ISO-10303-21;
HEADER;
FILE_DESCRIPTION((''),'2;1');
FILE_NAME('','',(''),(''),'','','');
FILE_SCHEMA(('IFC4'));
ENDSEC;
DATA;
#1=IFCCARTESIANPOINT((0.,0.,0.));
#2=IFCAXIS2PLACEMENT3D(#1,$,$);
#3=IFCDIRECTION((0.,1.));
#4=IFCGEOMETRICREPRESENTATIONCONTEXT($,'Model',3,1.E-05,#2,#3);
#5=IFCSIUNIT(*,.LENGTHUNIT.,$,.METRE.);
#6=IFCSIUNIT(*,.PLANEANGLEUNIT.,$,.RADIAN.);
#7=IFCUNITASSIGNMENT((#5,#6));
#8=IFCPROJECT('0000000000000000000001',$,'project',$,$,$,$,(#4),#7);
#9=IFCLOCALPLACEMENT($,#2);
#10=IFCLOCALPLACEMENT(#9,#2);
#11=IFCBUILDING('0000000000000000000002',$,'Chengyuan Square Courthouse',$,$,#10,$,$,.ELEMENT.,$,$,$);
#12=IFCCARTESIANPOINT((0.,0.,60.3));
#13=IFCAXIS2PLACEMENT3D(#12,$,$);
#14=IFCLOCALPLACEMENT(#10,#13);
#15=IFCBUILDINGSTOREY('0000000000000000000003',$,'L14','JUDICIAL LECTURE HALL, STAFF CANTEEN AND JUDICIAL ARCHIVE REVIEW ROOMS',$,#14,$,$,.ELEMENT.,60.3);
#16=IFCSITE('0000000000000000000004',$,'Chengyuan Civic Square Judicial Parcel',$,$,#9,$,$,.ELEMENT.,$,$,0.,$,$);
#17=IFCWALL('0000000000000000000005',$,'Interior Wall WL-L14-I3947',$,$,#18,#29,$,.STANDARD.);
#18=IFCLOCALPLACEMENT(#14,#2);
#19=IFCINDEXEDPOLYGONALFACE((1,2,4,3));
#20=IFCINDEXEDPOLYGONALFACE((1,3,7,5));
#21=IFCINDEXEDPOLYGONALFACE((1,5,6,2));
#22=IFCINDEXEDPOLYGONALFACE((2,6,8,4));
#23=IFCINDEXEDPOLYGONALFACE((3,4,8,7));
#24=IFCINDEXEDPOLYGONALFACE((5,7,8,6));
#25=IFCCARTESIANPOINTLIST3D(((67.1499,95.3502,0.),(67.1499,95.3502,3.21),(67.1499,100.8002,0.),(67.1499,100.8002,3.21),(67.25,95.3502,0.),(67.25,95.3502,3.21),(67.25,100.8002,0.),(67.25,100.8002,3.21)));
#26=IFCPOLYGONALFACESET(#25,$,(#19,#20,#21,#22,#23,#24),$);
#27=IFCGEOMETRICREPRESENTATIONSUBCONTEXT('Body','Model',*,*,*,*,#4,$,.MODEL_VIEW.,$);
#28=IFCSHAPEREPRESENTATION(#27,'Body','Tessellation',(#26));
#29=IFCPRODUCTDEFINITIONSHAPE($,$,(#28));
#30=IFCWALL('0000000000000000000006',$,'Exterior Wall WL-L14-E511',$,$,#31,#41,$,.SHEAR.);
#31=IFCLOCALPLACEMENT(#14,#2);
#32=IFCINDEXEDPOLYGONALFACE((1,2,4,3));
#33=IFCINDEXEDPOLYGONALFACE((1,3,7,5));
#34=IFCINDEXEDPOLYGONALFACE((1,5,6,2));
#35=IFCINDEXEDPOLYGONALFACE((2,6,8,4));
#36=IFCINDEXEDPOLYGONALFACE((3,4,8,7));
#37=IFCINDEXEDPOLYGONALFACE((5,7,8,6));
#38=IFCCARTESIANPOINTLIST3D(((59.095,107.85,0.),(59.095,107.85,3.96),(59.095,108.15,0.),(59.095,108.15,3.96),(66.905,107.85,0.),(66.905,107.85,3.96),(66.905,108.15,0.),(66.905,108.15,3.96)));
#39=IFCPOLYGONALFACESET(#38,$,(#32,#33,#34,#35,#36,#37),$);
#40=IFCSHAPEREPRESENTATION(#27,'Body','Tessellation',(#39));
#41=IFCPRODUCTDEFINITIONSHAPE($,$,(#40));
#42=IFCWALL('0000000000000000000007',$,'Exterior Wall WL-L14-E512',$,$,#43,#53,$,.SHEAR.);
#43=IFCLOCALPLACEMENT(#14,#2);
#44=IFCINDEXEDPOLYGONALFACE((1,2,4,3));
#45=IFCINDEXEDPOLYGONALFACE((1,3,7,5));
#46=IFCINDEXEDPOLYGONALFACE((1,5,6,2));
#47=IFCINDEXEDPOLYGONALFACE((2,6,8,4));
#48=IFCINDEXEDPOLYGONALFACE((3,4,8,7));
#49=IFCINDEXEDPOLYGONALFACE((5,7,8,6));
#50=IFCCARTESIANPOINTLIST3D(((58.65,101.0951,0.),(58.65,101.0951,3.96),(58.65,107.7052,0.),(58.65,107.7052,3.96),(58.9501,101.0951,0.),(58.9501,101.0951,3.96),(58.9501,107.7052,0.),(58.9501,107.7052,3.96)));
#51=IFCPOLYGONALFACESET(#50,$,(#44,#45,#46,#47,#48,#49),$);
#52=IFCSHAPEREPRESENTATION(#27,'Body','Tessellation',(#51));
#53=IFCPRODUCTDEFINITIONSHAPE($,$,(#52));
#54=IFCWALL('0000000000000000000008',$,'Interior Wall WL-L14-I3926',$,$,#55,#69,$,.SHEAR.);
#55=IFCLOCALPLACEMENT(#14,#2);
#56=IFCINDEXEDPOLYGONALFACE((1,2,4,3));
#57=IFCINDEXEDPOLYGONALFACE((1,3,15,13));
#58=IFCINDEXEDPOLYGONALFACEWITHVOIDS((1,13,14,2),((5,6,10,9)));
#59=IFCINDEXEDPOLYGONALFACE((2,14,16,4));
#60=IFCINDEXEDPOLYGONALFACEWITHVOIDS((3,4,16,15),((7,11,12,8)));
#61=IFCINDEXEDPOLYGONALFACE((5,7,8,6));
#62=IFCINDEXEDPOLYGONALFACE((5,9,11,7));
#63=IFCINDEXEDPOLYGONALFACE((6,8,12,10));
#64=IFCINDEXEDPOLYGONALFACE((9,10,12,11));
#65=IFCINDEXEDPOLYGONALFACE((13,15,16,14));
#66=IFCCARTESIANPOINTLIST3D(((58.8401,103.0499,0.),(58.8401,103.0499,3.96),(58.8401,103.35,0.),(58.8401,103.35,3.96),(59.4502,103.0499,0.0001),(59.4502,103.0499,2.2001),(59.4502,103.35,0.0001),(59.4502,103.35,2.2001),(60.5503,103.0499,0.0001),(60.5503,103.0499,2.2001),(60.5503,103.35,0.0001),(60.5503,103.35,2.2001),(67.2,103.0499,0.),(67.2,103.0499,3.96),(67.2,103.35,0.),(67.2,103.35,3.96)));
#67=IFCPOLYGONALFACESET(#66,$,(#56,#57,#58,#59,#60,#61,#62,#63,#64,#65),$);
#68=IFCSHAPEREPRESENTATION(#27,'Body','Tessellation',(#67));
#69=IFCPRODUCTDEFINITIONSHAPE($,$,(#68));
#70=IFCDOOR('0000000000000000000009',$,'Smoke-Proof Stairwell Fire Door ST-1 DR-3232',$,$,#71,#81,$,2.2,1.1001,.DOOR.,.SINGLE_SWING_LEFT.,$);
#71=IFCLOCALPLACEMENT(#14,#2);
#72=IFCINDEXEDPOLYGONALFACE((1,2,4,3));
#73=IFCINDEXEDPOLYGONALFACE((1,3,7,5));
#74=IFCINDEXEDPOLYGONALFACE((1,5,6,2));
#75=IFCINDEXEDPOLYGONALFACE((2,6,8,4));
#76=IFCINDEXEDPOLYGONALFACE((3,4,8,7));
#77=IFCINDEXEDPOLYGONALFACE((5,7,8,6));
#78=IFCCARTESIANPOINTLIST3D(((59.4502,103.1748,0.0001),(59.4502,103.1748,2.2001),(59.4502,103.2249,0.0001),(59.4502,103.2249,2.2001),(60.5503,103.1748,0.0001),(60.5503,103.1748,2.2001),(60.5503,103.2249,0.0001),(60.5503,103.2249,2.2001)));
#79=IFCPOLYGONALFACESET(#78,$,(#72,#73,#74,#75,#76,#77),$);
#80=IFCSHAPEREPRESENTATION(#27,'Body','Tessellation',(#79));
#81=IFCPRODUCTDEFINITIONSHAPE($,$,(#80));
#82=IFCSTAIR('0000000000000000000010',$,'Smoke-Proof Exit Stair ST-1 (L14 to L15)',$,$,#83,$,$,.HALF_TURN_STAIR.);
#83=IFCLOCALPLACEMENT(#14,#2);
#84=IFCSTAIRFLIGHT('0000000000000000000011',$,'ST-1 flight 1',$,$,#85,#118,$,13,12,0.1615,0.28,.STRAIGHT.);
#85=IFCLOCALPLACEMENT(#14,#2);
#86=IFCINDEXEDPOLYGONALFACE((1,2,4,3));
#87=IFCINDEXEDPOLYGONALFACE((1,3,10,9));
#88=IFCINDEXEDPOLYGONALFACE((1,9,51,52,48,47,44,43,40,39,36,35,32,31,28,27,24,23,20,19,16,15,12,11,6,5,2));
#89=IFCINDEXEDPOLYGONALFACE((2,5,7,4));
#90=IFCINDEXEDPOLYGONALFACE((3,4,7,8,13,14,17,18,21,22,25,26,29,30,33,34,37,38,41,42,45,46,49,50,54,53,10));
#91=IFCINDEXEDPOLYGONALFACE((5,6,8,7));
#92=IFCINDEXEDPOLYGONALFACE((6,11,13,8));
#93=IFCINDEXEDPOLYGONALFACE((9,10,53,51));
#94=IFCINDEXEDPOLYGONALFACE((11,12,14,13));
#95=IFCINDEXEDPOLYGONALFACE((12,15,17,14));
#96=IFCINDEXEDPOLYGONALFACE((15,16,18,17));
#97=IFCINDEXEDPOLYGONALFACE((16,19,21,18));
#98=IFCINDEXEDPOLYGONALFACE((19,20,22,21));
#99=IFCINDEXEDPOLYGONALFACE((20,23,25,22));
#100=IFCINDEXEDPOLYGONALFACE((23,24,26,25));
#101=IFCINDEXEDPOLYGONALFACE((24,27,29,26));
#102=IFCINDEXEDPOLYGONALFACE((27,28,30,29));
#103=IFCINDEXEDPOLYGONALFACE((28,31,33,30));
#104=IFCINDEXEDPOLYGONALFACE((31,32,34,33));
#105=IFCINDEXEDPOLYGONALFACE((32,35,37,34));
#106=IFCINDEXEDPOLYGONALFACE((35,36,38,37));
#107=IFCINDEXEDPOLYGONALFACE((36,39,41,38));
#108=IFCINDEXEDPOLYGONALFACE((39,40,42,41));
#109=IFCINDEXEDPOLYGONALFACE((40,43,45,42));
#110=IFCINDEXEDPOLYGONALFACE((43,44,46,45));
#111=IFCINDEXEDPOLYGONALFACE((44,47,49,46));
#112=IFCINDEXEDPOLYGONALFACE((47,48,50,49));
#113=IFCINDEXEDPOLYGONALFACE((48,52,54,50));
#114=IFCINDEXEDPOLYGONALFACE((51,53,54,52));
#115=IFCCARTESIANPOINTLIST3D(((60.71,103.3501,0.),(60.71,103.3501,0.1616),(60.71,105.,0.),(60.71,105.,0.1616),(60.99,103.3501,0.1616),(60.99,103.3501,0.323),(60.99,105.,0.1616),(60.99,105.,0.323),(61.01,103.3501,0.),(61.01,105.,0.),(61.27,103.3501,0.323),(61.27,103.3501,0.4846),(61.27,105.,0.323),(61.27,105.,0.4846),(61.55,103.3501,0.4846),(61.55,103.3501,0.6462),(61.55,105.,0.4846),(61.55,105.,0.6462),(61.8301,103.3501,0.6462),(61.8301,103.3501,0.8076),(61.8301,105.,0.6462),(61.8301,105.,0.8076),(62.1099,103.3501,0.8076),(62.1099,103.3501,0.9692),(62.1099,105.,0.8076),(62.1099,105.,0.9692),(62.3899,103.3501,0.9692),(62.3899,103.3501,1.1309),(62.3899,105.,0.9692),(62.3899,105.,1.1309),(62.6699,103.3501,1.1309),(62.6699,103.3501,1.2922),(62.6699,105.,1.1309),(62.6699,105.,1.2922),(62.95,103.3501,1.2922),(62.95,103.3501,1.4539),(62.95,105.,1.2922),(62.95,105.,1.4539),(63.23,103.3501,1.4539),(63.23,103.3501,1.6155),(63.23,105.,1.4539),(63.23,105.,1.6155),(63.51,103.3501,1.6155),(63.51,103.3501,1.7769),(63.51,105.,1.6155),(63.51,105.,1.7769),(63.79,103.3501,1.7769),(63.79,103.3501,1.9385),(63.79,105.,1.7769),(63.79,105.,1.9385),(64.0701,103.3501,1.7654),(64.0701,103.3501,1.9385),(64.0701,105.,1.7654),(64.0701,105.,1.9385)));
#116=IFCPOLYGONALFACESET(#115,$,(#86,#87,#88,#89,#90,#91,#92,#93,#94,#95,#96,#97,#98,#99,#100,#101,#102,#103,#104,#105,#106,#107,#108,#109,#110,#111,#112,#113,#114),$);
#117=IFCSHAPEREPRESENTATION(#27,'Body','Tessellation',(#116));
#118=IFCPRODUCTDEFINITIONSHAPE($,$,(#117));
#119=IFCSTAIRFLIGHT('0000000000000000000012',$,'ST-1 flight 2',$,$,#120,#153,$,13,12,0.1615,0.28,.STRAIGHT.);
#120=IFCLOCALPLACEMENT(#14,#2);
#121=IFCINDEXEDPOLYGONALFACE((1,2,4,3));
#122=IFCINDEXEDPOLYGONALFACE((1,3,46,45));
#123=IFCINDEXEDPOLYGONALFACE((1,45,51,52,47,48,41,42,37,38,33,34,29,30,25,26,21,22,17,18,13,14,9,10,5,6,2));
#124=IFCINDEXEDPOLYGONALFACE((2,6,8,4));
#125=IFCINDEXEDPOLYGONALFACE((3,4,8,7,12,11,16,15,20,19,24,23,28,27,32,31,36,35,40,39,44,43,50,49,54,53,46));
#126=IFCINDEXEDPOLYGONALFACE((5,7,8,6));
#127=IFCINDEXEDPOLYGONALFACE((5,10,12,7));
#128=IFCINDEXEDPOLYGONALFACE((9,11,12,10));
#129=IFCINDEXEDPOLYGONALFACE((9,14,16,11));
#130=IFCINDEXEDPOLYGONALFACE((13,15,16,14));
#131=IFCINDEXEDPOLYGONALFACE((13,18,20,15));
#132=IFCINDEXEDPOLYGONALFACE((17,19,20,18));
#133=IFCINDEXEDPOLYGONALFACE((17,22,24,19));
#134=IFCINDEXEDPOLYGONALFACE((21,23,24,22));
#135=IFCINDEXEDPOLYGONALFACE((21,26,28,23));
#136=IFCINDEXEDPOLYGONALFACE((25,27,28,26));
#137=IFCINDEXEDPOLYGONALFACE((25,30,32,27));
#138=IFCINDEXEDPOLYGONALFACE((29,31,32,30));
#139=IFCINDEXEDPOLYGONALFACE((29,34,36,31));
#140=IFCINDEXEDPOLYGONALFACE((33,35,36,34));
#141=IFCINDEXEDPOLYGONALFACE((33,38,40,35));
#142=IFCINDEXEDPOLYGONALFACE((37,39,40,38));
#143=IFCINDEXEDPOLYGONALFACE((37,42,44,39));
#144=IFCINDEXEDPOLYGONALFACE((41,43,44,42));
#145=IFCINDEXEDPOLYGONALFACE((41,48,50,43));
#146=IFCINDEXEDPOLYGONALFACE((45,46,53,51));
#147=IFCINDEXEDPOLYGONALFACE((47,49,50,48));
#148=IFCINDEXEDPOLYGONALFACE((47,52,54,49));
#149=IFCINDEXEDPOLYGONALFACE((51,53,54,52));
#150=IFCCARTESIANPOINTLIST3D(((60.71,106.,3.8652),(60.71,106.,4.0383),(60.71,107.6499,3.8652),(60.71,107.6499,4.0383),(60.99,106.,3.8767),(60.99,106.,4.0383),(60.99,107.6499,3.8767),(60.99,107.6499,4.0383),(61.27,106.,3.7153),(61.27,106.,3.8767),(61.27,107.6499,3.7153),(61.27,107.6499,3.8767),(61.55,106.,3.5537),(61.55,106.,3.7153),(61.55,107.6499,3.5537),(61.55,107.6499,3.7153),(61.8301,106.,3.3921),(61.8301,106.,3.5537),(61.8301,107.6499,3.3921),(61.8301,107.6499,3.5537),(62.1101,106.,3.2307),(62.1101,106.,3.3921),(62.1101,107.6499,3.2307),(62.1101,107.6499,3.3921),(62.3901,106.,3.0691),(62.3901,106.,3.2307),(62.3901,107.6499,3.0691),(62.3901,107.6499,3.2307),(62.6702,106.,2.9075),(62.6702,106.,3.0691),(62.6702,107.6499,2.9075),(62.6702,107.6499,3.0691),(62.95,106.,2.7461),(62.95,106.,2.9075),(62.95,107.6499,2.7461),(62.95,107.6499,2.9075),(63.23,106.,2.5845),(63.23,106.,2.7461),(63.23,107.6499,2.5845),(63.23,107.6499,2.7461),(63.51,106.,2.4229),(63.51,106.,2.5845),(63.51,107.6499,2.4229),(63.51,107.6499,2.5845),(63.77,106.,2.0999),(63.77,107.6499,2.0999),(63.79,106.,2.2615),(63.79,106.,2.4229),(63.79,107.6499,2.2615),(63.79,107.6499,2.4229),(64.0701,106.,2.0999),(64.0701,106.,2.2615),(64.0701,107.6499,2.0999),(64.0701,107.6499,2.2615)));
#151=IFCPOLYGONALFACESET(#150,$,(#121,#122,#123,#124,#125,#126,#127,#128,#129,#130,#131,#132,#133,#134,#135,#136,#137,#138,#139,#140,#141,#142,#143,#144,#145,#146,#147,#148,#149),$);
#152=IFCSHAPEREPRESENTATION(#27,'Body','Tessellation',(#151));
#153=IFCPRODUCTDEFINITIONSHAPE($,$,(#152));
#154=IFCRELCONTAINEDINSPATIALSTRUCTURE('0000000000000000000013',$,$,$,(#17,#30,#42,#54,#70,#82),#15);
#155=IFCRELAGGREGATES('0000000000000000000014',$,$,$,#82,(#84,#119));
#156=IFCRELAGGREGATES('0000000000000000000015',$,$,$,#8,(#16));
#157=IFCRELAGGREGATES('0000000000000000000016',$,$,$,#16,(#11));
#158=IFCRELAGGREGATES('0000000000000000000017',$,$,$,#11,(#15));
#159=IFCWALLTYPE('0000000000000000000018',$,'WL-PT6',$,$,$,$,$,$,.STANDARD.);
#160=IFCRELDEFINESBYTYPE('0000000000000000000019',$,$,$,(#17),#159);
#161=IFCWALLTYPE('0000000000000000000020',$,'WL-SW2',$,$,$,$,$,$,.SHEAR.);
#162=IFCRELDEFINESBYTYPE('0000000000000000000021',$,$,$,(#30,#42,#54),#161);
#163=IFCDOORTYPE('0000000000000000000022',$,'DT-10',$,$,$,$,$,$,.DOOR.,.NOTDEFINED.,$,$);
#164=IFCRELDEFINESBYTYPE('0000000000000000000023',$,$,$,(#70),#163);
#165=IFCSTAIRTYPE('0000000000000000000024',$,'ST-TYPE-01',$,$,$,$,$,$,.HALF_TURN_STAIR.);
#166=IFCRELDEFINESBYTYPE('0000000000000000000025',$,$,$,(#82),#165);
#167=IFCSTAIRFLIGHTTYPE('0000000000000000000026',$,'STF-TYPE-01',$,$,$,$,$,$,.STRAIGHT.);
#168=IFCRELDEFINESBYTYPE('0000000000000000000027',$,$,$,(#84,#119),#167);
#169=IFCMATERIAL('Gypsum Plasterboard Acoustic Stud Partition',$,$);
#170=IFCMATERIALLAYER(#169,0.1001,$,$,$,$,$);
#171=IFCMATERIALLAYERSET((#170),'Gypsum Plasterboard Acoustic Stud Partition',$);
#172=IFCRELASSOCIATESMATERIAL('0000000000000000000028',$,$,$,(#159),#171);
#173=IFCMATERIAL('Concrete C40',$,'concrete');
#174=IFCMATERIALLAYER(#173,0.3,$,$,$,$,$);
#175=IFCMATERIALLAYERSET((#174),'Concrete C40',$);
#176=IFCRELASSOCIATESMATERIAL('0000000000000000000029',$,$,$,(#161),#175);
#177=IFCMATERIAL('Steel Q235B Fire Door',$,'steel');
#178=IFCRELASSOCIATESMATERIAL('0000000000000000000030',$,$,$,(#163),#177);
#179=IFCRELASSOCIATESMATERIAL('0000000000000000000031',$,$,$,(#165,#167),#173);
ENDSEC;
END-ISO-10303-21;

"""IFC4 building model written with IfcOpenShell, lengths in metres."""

from ifc_helpers import new_model, si_unit, direction, frame, frame_2d, origin, place, context, subcontext, project, spatial, polyline, rectangle, outline, extrude, material, layer, layer_set, type_object, element, fill, aggregate, save


model = new_model("IFC4")

# Units and contexts
model_context = context("Model", 3, precision=1e-05, world=origin(), true_north=direction((0.0, 1.0)))
body_context = subcontext(model_context, "Body", "Model", "MODEL_VIEW")
ifc_project = project(units=[si_unit("LENGTHUNIT", "METRE"), si_unit("PLANEANGLEUNIT", "RADIAN")], contexts=[model_context])

# Site, building, storey
site_placement = place(None, origin())
site = spatial("IfcSite", under=ifc_project, at=site_placement, Name="Chengyuan Civic Square Judicial Parcel", CompositionType="ELEMENT", RefElevation=0.0)
building_placement = place(site_placement, origin())
building = spatial("IfcBuilding", under=site, at=building_placement, Name="Chengyuan Square Courthouse", CompositionType="ELEMENT")
storey_placement = place(building_placement, frame((0.0, 0.0, 60.3)))
storey = spatial("IfcBuildingStorey", under=building, at=storey_placement, Name="L14", Description="JUDICIAL LECTURE HALL, STAFF CANTEEN AND JUDICIAL ARCHIVE REVIEW ROOMS", CompositionType="ELEMENT", Elevation=60.3)

# Shared definitions
ifc_material_1 = material(Name="Concrete C40", Category="concrete")

# Shared definitions
ifc_material_2 = material(Name="Steel Q235B Fire Door", Category="steel")

# Walls
ifc_material_3 = material(Name="Gypsum Plasterboard Acoustic Stud Partition")
ifc_layer_1 = layer(ifc_material_3, 0.1001)
ifc_layer_set_1 = layer_set([ifc_layer_1], Name="Gypsum Plasterboard Acoustic Stud Partition")
wall_type_1 = type_object("IfcWallType", Name="WL-PT6", PredefinedType="STANDARD", material=ifc_layer_set_1)
wall_1_placement = place(storey_placement, frame((67.2, 95.3501, 0.0), z_axis=(0.0, 0.0, 1.0), x_axis=(0.0, 1.0, 0.0)))
element("IfcWall", 1, at=wall_1_placement, inside=storey, type_object=wall_type_1, Name="Interior Wall WL-L14-I3947", PredefinedType="STANDARD", context=body_context, shape_type="SweptSolid", body=[
    extrude(rectangle(XDim=5.45, YDim=0.1001, at=frame_2d((2.7251, 0.0))), origin(), (0.0, 0.0, 1.0), 3.21),
])
ifc_layer_2 = layer(ifc_material_1, 0.3)
ifc_layer_set_2 = layer_set([ifc_layer_2], Name="Concrete C40")
wall_type_2 = type_object("IfcWallType", Name="WL-SW2", PredefinedType="SHEAR", material=ifc_layer_set_2)
wall_2_placement = place(storey_placement, frame((59.095, 108.0, 0.0), z_axis=(0.0, 0.0, 1.0), x_axis=(1.0, 0.0, 0.0)))
element("IfcWall", 2, at=wall_2_placement, inside=storey, type_object=wall_type_2, Name="Exterior Wall WL-L14-E511", PredefinedType="SHEAR", context=body_context, shape_type="SweptSolid", body=[
    extrude(rectangle(XDim=7.8101, YDim=0.3, at=frame_2d((3.905, 0.0))), origin(), (0.0, 0.0, 1.0), 3.96),
])
wall_3_placement = place(storey_placement, frame((58.8, 101.095, 0.0), z_axis=(0.0, 0.0, 1.0), x_axis=(0.0, 1.0, 0.0)))
element("IfcWall", 3, at=wall_3_placement, inside=storey, type_object=wall_type_2, Name="Exterior Wall WL-L14-E512", PredefinedType="SHEAR", context=body_context, shape_type="SweptSolid", body=[
    extrude(rectangle(XDim=6.6101, YDim=0.3, at=frame_2d((3.3052, 0.0))), origin(), (0.0, 0.0, 1.0), 3.96),
])

# Wall, opening, door
wall_4_placement = place(storey_placement, frame((58.8401, 103.2, 0.0), z_axis=(0.0, 0.0, 1.0), x_axis=(1.0, 0.0, 0.0)))
wall_4 = element("IfcWall", 4, at=wall_4_placement, inside=storey, type_object=wall_type_2, Name="Interior Wall WL-L14-I3926", PredefinedType="SHEAR", context=body_context, shape_type="SweptSolid", body=[
    extrude(rectangle(XDim=8.3599, YDim=0.3, at=frame_2d((4.1799, 0.0))), origin(), (0.0, 0.0, 1.0), 3.96),
])
opening_1_placement = place(wall_4_placement, frame((0.6101, 0.0, 0.0)))
opening_1 = element("IfcOpeningElement", 5, at=opening_1_placement, cuts=wall_4, PredefinedType="OPENING", context=body_context, shape_type="SweptSolid", body=[
    extrude(rectangle(XDim=1.1001, YDim=2.2, at=frame_2d((0.55, 1.1001))), frame((0.0, 0.1621, 0.0), z_axis=(0.0, -1.0, 0.0), x_axis=(1.0, 0.0, 0.0)), (0.0, 0.0, 1.0), 0.324),
])
door_type_1 = type_object("IfcDoorType", Name="DT-10", OperationType="NOTDEFINED", PredefinedType="DOOR", material=ifc_material_2)
door_1_placement = place(opening_1_placement, origin())
door_1 = element("IfcDoor", 6, at=door_1_placement, inside=storey, type_object=door_type_1, Name="Smoke-Proof Stairwell Fire Door ST-1 DR-3232", OperationType="SINGLE_SWING_LEFT", OverallHeight=2.2, OverallWidth=1.1001, PredefinedType="DOOR", context=body_context, shape_type="SweptSolid", body=[
    extrude(rectangle(XDim=1.1001, YDim=2.2, at=frame_2d((0.55, 1.1001))), frame((0.0, 0.0249, 0.0), z_axis=(0.0, -1.0, 0.0), x_axis=(1.0, 0.0, 0.0)), (0.0, 0.0, 1.0), 0.05),
])
fill(opening_1, door_1)

# Stair, stair flights
stair_type = type_object("IfcStairType", Name="ST-TYPE-01", PredefinedType="HALF_TURN_STAIR", material=ifc_material_1)
stair_placement = place(storey_placement, origin())
stair = element("IfcStair", 7, at=stair_placement, inside=storey, type_object=stair_type, Name="Smoke-Proof Exit Stair ST-1 (L14 to L15)", PredefinedType="HALF_TURN_STAIR")
stair_flight_type = type_object("IfcStairFlightType", Name="STF-TYPE-01", PredefinedType="STRAIGHT", material=ifc_material_1)
stair_flight_1_placement = place(storey_placement, frame((60.71, 104.175, 0.0), z_axis=(0.0, 0.0, 1.0), x_axis=(1.0, 0.0, 0.0)))
stair_flight_1 = element("IfcStairFlight", 8, at=stair_flight_1_placement, type_object=stair_flight_type, Name="ST-1 flight 1", NumberOfRisers=13, NumberOfTreads=12, PredefinedType="STRAIGHT", RiserHeight=0.1615, TreadLength=0.28, context=body_context, shape_type="SweptSolid", body=[
    extrude(outline(polyline([(0.0, 0.0), (0.0, 0.1616), (0.28, 0.1616), (0.28, 0.323), (0.5601, 0.323), (0.5601, 0.4846), (0.8401, 0.4846), (0.8401, 0.6462), (1.1201, 0.6462), (1.1201, 0.8076), (1.3999, 0.8076), (1.3999, 0.9692), (1.6799, 0.9692), (1.6799, 1.1309), (1.96, 1.1309), (1.96, 1.2922), (2.24, 1.2922), (2.24, 1.4539), (2.52, 1.4539), (2.52, 1.6155), (2.8, 1.6155), (2.8, 1.7769), (3.0801, 1.7769), (3.0801, 1.9385), (3.3601, 1.9385), (3.3601, 2.1001), (3.3601, 1.7654), (0.3, 0.0), (0.0, 0.0)])), frame((0.0, 0.825, 0.0), z_axis=(0.0, -1.0, 0.0), x_axis=(1.0, 0.0, 0.0)), (0.0, 0.0, 1.0), 1.6499),
])
stair_flight_2_placement = place(storey_placement, frame((64.0701, 106.825, 2.0999), z_axis=(0.0, 0.0, 1.0), x_axis=(-1.0, 0.0, 0.0)))
stair_flight_2 = element("IfcStairFlight", 9, at=stair_flight_2_placement, type_object=stair_flight_type, Name="ST-1 flight 2", NumberOfRisers=13, NumberOfTreads=12, PredefinedType="STRAIGHT", RiserHeight=0.1615, TreadLength=0.28, context=body_context, shape_type="SweptSolid", body=[
    extrude(outline(polyline([(0.0, 0.0), (0.0, 0.1616), (0.28, 0.1616), (0.28, 0.323), (0.5601, 0.323), (0.5601, 0.4846), (0.8401, 0.4846), (0.8401, 0.6462), (1.1201, 0.6462), (1.1201, 0.8076), (1.3999, 0.8076), (1.3999, 0.9692), (1.6799, 0.9692), (1.6799, 1.1309), (1.96, 1.1309), (1.96, 1.2922), (2.24, 1.2922), (2.24, 1.4539), (2.52, 1.4539), (2.52, 1.6155), (2.8, 1.6155), (2.8, 1.7769), (3.0801, 1.7769), (3.0801, 1.9385), (3.3601, 1.9385), (3.3601, 2.1001), (3.3601, 1.7654), (0.3, 0.0), (0.0, 0.0)])), frame((0.0, 0.825, 0.0), z_axis=(0.0, -1.0, 0.0), x_axis=(1.0, 0.0, 0.0)), (0.0, 0.0, 1.0), 1.6499),
])
aggregate(stair, [stair_flight_1, stair_flight_2])

save(model, "model.ifc")
